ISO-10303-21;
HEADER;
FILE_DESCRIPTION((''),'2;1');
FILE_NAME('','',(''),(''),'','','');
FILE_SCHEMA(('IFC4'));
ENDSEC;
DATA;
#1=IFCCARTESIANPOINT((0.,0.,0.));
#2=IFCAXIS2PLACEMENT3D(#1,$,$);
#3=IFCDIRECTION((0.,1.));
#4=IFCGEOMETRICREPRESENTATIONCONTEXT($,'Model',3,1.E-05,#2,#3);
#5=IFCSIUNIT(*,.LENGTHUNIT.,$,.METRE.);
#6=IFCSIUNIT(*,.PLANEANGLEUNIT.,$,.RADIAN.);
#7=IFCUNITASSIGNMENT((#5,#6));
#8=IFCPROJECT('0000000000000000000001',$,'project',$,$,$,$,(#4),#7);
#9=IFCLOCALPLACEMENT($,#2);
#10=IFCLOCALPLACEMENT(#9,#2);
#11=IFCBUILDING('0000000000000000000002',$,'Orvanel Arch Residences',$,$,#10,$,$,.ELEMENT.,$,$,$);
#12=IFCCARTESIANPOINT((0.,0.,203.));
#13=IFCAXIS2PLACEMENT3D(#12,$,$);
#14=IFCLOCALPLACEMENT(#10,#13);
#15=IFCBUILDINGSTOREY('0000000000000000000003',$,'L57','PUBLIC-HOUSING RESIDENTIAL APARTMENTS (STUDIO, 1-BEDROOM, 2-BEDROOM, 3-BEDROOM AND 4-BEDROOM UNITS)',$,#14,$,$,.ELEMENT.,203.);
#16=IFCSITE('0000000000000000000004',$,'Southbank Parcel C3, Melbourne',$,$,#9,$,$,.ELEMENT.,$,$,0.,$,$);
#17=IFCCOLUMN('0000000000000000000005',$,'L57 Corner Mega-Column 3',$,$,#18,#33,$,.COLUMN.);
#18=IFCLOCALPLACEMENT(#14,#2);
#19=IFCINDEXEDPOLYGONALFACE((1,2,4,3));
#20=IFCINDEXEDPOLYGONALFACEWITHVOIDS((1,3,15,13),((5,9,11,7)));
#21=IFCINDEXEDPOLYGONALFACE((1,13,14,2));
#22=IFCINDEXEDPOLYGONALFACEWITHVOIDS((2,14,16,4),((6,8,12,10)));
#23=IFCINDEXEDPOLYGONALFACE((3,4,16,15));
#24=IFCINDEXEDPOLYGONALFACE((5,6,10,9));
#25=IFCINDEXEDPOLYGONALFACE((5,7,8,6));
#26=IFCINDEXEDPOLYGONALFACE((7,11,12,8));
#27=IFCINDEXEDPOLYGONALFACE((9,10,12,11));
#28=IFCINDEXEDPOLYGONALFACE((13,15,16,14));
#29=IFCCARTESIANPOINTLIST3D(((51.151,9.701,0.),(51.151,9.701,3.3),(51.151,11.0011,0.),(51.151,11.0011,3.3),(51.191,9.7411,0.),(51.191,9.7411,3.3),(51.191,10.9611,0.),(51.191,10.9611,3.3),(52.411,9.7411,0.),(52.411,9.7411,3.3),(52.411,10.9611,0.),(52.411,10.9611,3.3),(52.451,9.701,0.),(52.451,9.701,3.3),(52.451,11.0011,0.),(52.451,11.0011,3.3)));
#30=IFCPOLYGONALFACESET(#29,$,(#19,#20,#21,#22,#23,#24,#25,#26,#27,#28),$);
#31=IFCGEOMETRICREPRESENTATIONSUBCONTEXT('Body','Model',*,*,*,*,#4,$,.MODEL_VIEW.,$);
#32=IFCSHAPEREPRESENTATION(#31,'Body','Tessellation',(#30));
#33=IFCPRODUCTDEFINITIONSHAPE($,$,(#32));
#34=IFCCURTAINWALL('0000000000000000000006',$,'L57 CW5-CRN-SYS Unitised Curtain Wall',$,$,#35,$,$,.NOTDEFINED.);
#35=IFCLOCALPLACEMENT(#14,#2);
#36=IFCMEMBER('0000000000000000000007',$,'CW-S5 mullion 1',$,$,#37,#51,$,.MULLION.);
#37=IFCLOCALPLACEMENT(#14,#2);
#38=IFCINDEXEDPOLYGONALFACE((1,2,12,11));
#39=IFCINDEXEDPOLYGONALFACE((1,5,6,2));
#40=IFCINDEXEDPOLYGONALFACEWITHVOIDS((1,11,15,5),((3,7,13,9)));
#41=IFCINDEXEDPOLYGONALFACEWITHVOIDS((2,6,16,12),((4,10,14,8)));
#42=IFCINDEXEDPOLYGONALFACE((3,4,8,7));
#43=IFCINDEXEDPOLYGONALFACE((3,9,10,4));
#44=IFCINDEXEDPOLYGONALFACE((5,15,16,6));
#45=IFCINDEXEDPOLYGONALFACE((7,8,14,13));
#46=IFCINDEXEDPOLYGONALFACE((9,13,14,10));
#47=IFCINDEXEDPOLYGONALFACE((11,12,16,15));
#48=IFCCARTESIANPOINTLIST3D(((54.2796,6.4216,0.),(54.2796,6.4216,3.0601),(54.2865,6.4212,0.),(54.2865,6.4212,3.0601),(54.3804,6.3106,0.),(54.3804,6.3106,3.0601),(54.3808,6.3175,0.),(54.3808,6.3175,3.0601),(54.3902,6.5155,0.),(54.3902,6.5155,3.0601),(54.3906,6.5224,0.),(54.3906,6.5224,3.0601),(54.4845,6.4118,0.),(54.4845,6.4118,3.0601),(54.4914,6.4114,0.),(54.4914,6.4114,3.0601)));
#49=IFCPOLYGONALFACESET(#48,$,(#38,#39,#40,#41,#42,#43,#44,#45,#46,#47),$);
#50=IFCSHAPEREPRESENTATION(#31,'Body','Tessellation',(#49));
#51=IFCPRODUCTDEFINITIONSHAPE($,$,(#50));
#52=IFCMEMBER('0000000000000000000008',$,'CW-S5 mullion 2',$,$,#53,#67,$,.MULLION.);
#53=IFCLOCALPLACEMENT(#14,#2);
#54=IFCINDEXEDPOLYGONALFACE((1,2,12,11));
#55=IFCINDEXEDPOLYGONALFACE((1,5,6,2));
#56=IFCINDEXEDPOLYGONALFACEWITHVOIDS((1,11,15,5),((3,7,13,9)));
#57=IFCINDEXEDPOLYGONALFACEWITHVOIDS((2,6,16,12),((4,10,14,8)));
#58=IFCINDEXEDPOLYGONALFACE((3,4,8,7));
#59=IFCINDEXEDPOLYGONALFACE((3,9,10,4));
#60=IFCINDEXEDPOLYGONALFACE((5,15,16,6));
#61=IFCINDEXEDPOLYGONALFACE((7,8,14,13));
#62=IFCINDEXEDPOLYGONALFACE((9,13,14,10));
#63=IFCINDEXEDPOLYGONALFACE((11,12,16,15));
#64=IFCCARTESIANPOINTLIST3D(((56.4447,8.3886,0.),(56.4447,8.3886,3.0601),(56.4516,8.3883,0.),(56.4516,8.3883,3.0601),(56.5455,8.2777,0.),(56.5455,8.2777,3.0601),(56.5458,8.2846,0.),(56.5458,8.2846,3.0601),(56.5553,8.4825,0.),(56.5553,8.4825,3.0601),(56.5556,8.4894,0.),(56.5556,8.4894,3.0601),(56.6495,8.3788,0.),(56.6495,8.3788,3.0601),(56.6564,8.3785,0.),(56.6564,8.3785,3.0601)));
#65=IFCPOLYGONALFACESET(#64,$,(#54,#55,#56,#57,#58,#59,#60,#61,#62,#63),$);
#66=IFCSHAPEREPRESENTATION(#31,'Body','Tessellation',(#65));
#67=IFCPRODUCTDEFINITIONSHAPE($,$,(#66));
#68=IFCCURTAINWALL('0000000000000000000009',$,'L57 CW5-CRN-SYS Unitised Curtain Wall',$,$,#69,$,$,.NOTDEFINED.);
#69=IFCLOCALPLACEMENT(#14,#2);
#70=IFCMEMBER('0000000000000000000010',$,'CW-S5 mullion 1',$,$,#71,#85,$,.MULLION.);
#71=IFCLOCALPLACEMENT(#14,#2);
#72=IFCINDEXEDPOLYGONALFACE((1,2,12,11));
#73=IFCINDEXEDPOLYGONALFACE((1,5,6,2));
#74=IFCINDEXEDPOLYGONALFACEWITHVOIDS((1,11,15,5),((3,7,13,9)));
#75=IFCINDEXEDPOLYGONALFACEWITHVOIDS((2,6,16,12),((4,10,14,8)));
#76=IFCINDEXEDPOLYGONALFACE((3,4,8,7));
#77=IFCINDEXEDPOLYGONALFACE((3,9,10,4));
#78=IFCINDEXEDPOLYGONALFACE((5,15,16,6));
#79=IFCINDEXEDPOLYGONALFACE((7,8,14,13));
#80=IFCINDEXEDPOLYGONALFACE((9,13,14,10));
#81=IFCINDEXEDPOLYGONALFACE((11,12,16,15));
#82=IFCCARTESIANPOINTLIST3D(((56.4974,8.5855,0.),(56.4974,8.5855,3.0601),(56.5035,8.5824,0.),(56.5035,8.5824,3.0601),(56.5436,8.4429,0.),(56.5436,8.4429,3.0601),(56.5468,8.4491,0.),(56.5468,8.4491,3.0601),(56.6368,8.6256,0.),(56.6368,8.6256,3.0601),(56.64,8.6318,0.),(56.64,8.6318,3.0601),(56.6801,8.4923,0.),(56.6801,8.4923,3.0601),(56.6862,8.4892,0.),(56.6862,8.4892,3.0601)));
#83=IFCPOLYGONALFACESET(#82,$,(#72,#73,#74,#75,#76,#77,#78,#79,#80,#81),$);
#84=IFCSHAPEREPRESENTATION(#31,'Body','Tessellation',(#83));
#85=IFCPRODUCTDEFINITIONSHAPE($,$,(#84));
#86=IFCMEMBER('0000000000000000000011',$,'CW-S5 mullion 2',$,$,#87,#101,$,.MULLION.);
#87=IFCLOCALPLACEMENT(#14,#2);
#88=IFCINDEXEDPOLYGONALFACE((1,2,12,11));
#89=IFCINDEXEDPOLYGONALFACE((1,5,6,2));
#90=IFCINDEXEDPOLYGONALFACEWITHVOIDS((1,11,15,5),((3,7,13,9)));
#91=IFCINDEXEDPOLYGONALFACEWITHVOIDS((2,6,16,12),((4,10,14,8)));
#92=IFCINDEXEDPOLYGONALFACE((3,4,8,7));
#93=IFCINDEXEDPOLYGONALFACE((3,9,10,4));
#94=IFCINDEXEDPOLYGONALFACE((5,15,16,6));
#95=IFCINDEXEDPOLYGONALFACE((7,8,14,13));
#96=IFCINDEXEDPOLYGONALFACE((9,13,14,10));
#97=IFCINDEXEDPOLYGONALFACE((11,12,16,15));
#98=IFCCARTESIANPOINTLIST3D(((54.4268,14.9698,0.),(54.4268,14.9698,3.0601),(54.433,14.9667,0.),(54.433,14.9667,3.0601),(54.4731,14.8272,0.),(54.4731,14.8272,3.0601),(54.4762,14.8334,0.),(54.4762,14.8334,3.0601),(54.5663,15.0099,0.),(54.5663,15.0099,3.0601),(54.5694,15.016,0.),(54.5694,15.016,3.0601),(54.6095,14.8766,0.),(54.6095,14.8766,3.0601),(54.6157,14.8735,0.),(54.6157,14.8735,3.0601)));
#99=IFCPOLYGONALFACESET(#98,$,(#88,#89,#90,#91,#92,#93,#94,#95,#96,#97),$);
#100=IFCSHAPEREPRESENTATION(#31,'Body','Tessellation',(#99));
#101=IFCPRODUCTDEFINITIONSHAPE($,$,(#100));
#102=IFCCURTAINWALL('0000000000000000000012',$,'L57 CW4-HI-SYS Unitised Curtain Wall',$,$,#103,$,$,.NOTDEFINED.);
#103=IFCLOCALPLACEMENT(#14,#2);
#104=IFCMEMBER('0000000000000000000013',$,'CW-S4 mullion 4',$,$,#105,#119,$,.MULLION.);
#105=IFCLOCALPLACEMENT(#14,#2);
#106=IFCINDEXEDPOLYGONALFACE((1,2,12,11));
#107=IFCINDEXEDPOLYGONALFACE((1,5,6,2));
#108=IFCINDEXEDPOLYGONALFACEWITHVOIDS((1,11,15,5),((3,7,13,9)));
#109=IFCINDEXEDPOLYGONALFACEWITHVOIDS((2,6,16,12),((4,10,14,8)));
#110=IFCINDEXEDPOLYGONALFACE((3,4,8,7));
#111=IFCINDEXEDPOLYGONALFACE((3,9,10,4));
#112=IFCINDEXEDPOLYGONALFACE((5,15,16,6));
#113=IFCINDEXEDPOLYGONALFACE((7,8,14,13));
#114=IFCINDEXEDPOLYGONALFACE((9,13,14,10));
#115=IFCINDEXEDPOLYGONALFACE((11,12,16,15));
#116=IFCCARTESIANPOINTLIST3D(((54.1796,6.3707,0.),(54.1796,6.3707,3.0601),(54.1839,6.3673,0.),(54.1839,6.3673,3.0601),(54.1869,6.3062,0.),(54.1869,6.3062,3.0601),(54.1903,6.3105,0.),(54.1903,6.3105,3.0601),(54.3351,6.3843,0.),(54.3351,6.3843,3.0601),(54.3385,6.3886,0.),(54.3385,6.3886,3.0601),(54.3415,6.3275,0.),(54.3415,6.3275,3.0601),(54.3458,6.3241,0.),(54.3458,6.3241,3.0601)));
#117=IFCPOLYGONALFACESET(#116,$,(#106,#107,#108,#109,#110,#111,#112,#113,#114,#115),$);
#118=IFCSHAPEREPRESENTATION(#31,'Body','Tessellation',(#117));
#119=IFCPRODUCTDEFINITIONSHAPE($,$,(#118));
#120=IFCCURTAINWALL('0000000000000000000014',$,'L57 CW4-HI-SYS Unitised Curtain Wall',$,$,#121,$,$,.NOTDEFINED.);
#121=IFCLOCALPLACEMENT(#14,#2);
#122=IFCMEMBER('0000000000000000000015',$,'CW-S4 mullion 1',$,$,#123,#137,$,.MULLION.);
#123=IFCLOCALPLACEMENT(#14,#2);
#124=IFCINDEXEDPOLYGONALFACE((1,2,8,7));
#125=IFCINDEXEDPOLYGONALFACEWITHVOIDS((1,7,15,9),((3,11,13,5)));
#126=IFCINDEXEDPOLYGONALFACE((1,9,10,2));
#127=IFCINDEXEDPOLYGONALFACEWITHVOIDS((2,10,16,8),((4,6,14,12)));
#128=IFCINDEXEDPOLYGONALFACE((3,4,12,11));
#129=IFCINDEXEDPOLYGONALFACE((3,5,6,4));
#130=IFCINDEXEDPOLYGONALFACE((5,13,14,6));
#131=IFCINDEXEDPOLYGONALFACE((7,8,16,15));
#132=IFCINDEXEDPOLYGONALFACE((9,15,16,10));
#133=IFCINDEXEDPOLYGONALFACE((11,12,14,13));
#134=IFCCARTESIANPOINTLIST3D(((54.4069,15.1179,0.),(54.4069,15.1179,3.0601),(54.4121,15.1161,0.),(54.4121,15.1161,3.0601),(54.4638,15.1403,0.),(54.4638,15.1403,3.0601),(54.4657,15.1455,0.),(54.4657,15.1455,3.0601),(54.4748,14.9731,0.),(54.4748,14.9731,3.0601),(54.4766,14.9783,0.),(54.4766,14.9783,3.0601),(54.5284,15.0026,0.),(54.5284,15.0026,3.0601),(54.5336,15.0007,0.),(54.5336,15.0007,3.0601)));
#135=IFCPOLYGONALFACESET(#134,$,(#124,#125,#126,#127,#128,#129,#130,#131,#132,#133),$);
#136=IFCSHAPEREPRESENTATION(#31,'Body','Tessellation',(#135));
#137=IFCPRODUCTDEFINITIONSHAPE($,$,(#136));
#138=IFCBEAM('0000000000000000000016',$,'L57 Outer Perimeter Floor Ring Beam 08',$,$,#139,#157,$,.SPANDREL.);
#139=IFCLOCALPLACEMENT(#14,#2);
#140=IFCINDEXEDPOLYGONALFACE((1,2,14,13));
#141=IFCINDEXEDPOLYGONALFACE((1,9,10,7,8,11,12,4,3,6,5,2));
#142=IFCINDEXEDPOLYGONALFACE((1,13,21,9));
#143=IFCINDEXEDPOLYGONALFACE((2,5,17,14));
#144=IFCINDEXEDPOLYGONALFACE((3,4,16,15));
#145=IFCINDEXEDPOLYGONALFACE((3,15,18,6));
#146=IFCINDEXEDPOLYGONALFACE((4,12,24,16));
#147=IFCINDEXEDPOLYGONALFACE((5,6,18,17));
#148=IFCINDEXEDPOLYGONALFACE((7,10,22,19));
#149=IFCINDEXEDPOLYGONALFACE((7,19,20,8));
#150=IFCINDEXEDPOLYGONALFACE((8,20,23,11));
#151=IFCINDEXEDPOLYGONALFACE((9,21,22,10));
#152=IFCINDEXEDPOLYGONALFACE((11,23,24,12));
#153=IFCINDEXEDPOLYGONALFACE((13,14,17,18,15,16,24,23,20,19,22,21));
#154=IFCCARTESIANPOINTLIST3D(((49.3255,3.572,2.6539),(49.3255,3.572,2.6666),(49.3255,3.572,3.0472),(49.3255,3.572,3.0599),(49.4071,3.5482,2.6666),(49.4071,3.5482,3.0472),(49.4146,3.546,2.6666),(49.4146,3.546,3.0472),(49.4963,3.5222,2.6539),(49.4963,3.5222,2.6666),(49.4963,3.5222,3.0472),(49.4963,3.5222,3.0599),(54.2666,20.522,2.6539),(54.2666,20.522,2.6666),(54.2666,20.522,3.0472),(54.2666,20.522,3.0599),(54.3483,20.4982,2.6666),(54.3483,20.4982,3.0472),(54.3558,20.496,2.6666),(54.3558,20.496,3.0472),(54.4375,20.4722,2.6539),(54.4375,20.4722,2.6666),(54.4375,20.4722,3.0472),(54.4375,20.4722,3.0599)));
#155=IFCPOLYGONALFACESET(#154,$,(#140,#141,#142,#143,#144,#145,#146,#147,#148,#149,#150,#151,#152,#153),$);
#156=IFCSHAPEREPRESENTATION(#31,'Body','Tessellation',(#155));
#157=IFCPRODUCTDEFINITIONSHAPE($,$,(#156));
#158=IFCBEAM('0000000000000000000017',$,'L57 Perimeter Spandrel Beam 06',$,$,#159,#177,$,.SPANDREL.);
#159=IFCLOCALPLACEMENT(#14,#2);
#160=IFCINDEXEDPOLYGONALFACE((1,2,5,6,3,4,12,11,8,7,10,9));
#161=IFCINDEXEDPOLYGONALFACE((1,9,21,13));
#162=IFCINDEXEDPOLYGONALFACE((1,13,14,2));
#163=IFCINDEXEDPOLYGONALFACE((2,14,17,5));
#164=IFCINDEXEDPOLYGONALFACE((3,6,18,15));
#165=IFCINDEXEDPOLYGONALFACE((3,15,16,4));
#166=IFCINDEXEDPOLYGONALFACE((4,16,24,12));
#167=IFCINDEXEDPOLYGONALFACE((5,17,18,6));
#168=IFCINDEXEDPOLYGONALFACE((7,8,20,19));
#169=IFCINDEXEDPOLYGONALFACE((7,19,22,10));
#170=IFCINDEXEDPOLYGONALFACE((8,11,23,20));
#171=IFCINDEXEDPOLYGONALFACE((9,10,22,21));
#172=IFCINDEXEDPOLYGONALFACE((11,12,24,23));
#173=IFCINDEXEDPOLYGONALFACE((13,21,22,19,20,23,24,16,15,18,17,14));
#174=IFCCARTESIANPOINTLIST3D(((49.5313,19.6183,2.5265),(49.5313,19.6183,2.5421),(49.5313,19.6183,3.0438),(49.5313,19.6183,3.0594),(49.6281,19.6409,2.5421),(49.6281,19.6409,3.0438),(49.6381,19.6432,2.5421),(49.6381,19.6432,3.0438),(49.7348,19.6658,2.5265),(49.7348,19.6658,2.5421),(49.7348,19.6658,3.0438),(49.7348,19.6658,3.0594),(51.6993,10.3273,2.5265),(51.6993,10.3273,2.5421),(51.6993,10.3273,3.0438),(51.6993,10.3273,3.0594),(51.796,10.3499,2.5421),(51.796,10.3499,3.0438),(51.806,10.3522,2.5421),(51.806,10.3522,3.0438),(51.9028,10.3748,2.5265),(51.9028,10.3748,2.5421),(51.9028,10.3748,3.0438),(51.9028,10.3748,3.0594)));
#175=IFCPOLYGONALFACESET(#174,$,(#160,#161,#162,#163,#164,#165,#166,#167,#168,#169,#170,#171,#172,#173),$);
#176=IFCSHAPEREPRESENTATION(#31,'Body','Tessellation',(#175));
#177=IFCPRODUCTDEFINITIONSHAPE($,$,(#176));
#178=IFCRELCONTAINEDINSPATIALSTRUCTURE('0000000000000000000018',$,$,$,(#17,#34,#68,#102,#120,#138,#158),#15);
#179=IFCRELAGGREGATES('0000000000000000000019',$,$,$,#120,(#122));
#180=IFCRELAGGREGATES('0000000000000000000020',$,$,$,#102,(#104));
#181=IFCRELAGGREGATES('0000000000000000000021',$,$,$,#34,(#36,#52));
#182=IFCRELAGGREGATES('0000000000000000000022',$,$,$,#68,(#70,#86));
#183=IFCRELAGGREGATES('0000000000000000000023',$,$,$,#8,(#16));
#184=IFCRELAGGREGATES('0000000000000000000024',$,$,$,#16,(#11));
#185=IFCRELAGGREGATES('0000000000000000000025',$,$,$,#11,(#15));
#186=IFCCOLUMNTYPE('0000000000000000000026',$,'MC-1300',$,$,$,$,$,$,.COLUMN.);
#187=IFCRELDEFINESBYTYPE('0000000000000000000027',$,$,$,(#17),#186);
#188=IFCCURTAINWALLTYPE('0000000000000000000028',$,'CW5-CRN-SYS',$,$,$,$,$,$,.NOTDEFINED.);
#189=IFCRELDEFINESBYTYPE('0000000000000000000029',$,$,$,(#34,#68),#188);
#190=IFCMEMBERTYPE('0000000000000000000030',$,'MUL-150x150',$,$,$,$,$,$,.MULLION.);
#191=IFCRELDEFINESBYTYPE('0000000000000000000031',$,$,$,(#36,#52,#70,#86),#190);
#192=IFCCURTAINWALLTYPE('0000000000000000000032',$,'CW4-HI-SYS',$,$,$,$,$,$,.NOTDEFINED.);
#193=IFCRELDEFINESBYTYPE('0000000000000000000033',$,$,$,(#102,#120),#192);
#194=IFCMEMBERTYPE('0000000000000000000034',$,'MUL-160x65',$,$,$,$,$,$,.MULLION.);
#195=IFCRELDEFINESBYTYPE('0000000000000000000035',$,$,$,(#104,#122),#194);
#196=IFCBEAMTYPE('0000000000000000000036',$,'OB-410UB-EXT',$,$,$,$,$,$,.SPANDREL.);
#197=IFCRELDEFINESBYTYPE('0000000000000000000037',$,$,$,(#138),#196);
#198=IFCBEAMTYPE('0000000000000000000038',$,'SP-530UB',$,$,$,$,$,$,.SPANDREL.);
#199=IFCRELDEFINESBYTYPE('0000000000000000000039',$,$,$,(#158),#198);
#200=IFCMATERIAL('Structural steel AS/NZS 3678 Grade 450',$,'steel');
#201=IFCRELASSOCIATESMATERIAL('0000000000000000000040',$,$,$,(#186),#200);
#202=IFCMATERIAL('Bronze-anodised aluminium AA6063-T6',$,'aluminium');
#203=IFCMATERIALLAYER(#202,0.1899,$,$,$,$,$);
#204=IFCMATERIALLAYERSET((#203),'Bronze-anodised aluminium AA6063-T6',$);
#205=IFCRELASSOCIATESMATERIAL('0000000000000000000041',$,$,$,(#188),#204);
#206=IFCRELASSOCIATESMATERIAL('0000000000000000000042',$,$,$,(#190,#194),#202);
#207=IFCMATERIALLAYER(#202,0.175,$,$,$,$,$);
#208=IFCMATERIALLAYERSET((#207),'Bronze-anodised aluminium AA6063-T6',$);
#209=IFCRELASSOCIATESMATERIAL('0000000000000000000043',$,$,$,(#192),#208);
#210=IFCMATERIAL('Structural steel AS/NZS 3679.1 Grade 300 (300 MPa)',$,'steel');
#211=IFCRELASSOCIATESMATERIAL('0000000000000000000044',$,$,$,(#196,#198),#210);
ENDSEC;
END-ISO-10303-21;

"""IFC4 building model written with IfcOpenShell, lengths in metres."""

from ifc_helpers import new_model, si_unit, direction, frame, origin, origin_2d, place, context, subcontext, project, spatial, hollow_rectangle, i_section, extrude, material, layer, layer_set, material_profile, profile_set, type_object, element, aggregate, save


model = new_model("IFC4")

# Units and contexts
model_context = context("Model", 3, precision=1e-05, world=origin(), true_north=direction((0.0, 1.0)))
body_context = subcontext(model_context, "Body", "Model", "MODEL_VIEW")
ifc_project = project(units=[si_unit("LENGTHUNIT", "METRE"), si_unit("PLANEANGLEUNIT", "RADIAN")], contexts=[model_context])

# Site, building, storey
site_placement = place(None, origin())
site = spatial("IfcSite", under=ifc_project, at=site_placement, Name="Southbank Parcel C3, Melbourne", CompositionType="ELEMENT", RefElevation=0.0)
building_placement = place(site_placement, origin())
building = spatial("IfcBuilding", under=site, at=building_placement, Name="Orvanel Arch Residences", CompositionType="ELEMENT")
storey_placement = place(building_placement, frame((0.0, 0.0, 203.0)))
storey = spatial("IfcBuildingStorey", under=building, at=storey_placement, Name="L57", Description="PUBLIC-HOUSING RESIDENTIAL APARTMENTS (STUDIO, 1-BEDROOM, 2-BEDROOM, 3-BEDROOM AND 4-BEDROOM UNITS)", CompositionType="ELEMENT", Elevation=203.0)

# Column
ifc_material_1 = material(Name="Structural steel AS/NZS 3678 Grade 450", Category="steel")
ifc_material_profile_1 = material_profile(ifc_material_1, hollow_rectangle(XDim=1.3, YDim=1.3, WallThickness=0.04, at=origin_2d()), Name="BOX1300x1300x40")
ifc_profile_set_1 = profile_set([ifc_material_profile_1], Name="Structural steel AS/NZS 3678 Grade 450")
column_type = type_object("IfcColumnType", Name="MC-1300", PredefinedType="COLUMN", material=ifc_profile_set_1)
column_placement = place(storey_placement, frame((51.801, 10.3511, 0.0), z_axis=(0.0, 0.0, 1.0), x_axis=(1.0, 0.0, 0.0)))
element("IfcColumn", 1, at=column_placement, inside=storey, type_object=column_type, Name="L57 Corner Mega-Column 3", PredefinedType="COLUMN", context=body_context, shape_type="SweptSolid", body=[
    extrude(hollow_rectangle(XDim=1.3, YDim=1.3, WallThickness=0.04, at=origin_2d()), origin(), (0.0, 0.0, 1.0), 3.3),
])

# Curtain walls, members
ifc_material_2 = material(Name="Bronze-anodised aluminium AA6063-T6", Category="aluminium")
ifc_layer_1 = layer(ifc_material_2, 0.1899)
ifc_layer_set_1 = layer_set([ifc_layer_1], Name="Bronze-anodised aluminium AA6063-T6")
curtain_wall_type_1 = type_object("IfcCurtainWallType", Name="CW5-CRN-SYS", PredefinedType="NOTDEFINED", material=ifc_layer_set_1)
curtain_wall_1_placement = place(storey_placement, origin())
curtain_wall_1 = element("IfcCurtainWall", 2, at=curtain_wall_1_placement, inside=storey, type_object=curtain_wall_type_1, Name="L57 CW5-CRN-SYS Unitised Curtain Wall", PredefinedType="NOTDEFINED")
ifc_material_profile_2 = material_profile(ifc_material_2, hollow_rectangle(XDim=0.1499, YDim=0.1499, WallThickness=0.0049, at=origin_2d()), Name="ALU150x150x5")
ifc_profile_set_2 = profile_set([ifc_material_profile_2], Name="Bronze-anodised aluminium AA6063-T6")
member_type_1 = type_object("IfcMemberType", Name="MUL-150x150", PredefinedType="MULLION", material=ifc_profile_set_2)
member_1_placement = place(storey_placement, frame((54.3855, 6.4165, 0.0), z_axis=(0.0, 0.0, 1.0), x_axis=(-0.672479, 0.740117, 0.0)))
member_1 = element("IfcMember", 3, at=member_1_placement, type_object=member_type_1, Name="CW-S5 mullion 1", PredefinedType="MULLION", context=body_context, shape_type="SweptSolid", body=[
    extrude(hollow_rectangle(XDim=0.1499, YDim=0.1499, WallThickness=0.0049, at=origin_2d()), origin(), (0.0, 0.0, 1.0), 3.0601),
])
member_2_placement = place(storey_placement, frame((56.5505, 8.3835, 0.0), z_axis=(0.0, 0.0, 1.0), x_axis=(-0.672479, 0.740117, 0.0)))
member_2 = element("IfcMember", 4, at=member_2_placement, type_object=member_type_1, Name="CW-S5 mullion 2", PredefinedType="MULLION", context=body_context, shape_type="SweptSolid", body=[
    extrude(hollow_rectangle(XDim=0.1499, YDim=0.1499, WallThickness=0.0049, at=origin_2d()), origin(), (0.0, 0.0, 1.0), 3.0601),
])
curtain_wall_2_placement = place(storey_placement, origin())
curtain_wall_2 = element("IfcCurtainWall", 5, at=curtain_wall_2_placement, inside=storey, type_object=curtain_wall_type_1, Name="L57 CW5-CRN-SYS Unitised Curtain Wall", PredefinedType="NOTDEFINED")
member_3_placement = place(storey_placement, frame((56.5918, 8.5374, 0.0), z_axis=(0.0, 0.0, 1.0), x_axis=(-0.951217, -0.308523, 0.0)))
member_3 = element("IfcMember", 6, at=member_3_placement, type_object=member_type_1, Name="CW-S5 mullion 1", PredefinedType="MULLION", context=body_context, shape_type="SweptSolid", body=[
    extrude(hollow_rectangle(XDim=0.1499, YDim=0.1499, WallThickness=0.0049, at=origin_2d()), origin(), (0.0, 0.0, 1.0), 3.0601),
])
member_4_placement = place(storey_placement, frame((54.5212, 14.9216, 0.0), z_axis=(0.0, 0.0, 1.0), x_axis=(-0.951217, -0.308523, 0.0)))
member_4 = element("IfcMember", 7, at=member_4_placement, type_object=member_type_1, Name="CW-S5 mullion 2", PredefinedType="MULLION", context=body_context, shape_type="SweptSolid", body=[
    extrude(hollow_rectangle(XDim=0.1499, YDim=0.1499, WallThickness=0.0049, at=origin_2d()), origin(), (0.0, 0.0, 1.0), 3.0601),
])

# Curtain walls, members
ifc_layer_2 = layer(ifc_material_2, 0.175)
ifc_layer_set_2 = layer_set([ifc_layer_2], Name="Bronze-anodised aluminium AA6063-T6")
curtain_wall_type_2 = type_object("IfcCurtainWallType", Name="CW4-HI-SYS", PredefinedType="NOTDEFINED", material=ifc_layer_set_2)
curtain_wall_3_placement = place(storey_placement, origin())
curtain_wall_3 = element("IfcCurtainWall", 8, at=curtain_wall_3_placement, inside=storey, type_object=curtain_wall_type_2, Name="L57 CW4-HI-SYS Unitised Curtain Wall", PredefinedType="NOTDEFINED")
ifc_material_profile_3 = material_profile(ifc_material_2, hollow_rectangle(XDim=0.0649, YDim=0.1599, WallThickness=0.0039, at=origin_2d()), Name="ALU160x65x4")
ifc_profile_set_3 = profile_set([ifc_material_profile_3], Name="Bronze-anodised aluminium AA6063-T6")
member_type_2 = type_object("IfcMemberType", Name="MUL-160x65", PredefinedType="MULLION", material=ifc_profile_set_3)
member_5_placement = place(storey_placement, frame((54.2627, 6.3474, 0.0), z_axis=(0.0, 0.0, 1.0), x_axis=(-0.111799, 0.993731, 0.0)))
member_5 = element("IfcMember", 9, at=member_5_placement, type_object=member_type_2, Name="CW-S4 mullion 4", PredefinedType="MULLION", context=body_context, shape_type="SweptSolid", body=[
    extrude(hollow_rectangle(XDim=0.0649, YDim=0.1599, WallThickness=0.0039, at=origin_2d()), origin(), (0.0, 0.0, 1.0), 3.0601),
])
curtain_wall_4_placement = place(storey_placement, origin())
curtain_wall_4 = element("IfcCurtainWall", 10, at=curtain_wall_4_placement, inside=storey, type_object=curtain_wall_type_2, Name="L57 CW4-HI-SYS Unitised Curtain Wall", PredefinedType="NOTDEFINED")
member_6_placement = place(storey_placement, frame((54.4702, 15.0593, 0.0), z_axis=(0.0, 0.0, 1.0), x_axis=(-0.905431, -0.424494, 0.0)))
member_6 = element("IfcMember", 11, at=member_6_placement, type_object=member_type_2, Name="CW-S4 mullion 1", PredefinedType="MULLION", context=body_context, shape_type="SweptSolid", body=[
    extrude(hollow_rectangle(XDim=0.0649, YDim=0.1599, WallThickness=0.0039, at=origin_2d()), origin(), (0.0, 0.0, 1.0), 3.0601),
])

# Beams
ifc_material_3 = material(Name="Structural steel AS/NZS 3679.1 Grade 300 (300 MPa)", Category="steel")
ifc_material_profile_4 = material_profile(ifc_material_3, i_section(OverallWidth=0.178, OverallDepth=0.406, WebThickness=0.0078, FlangeThickness=0.0127, at=origin_2d()), Name="410UB59.7")
ifc_profile_set_4 = profile_set([ifc_material_profile_4], Name="Structural steel AS/NZS 3679.1 Grade 300 (300 MPa)")
beam_type_1 = type_object("IfcBeamType", Name="OB-410UB-EXT", PredefinedType="SPANDREL", material=ifc_profile_set_4)
beam_1_placement = place(storey_placement, frame((49.4109, 3.5471, 2.8569), z_axis=(0.279866, 0.960039, 0.0), x_axis=(-0.960039, 0.279866, 0.0)))
element("IfcBeam", 12, at=beam_1_placement, inside=storey, type_object=beam_type_1, Name="L57 Outer Perimeter Floor Ring Beam 08", PredefinedType="SPANDREL", context=body_context, shape_type="SweptSolid", body=[
    extrude(i_section(OverallWidth=0.178, OverallDepth=0.406, WebThickness=0.0078, FlangeThickness=0.0127, at=origin_2d()), origin(), (0.0, 0.0, 1.0), 17.6555),
])
ifc_material_profile_5 = material_profile(ifc_material_3, i_section(OverallWidth=0.209, OverallDepth=0.533, WebThickness=0.0103, FlangeThickness=0.0156, at=origin_2d()), Name="530UB92.4")
ifc_profile_set_5 = profile_set([ifc_material_profile_5], Name="Structural steel AS/NZS 3679.1 Grade 300 (300 MPa)")
beam_type_2 = type_object("IfcBeamType", Name="SP-530UB", PredefinedType="SPANDREL", material=ifc_profile_set_5)
beam_2_placement = place(storey_placement, frame((51.801, 10.3511, 2.793), z_axis=(-0.227236, 0.97384, 0.0), x_axis=(-0.97384, -0.227236, 0.0)))
element("IfcBeam", 13, at=beam_2_placement, inside=storey, type_object=beam_type_2, Name="L57 Perimeter Spandrel Beam 06", PredefinedType="SPANDREL", context=body_context, shape_type="SweptSolid", body=[
    extrude(i_section(OverallWidth=0.209, OverallDepth=0.533, WebThickness=0.0103, FlangeThickness=0.0156, at=origin_2d()), origin(), (0.0, 0.0, 1.0), 9.5405),
])

aggregate(curtain_wall_4, [member_6])

aggregate(curtain_wall_3, [member_5])
aggregate(curtain_wall_1, [member_1, member_2])
aggregate(curtain_wall_2, [member_3, member_4])

save(model, "model.ifc")
